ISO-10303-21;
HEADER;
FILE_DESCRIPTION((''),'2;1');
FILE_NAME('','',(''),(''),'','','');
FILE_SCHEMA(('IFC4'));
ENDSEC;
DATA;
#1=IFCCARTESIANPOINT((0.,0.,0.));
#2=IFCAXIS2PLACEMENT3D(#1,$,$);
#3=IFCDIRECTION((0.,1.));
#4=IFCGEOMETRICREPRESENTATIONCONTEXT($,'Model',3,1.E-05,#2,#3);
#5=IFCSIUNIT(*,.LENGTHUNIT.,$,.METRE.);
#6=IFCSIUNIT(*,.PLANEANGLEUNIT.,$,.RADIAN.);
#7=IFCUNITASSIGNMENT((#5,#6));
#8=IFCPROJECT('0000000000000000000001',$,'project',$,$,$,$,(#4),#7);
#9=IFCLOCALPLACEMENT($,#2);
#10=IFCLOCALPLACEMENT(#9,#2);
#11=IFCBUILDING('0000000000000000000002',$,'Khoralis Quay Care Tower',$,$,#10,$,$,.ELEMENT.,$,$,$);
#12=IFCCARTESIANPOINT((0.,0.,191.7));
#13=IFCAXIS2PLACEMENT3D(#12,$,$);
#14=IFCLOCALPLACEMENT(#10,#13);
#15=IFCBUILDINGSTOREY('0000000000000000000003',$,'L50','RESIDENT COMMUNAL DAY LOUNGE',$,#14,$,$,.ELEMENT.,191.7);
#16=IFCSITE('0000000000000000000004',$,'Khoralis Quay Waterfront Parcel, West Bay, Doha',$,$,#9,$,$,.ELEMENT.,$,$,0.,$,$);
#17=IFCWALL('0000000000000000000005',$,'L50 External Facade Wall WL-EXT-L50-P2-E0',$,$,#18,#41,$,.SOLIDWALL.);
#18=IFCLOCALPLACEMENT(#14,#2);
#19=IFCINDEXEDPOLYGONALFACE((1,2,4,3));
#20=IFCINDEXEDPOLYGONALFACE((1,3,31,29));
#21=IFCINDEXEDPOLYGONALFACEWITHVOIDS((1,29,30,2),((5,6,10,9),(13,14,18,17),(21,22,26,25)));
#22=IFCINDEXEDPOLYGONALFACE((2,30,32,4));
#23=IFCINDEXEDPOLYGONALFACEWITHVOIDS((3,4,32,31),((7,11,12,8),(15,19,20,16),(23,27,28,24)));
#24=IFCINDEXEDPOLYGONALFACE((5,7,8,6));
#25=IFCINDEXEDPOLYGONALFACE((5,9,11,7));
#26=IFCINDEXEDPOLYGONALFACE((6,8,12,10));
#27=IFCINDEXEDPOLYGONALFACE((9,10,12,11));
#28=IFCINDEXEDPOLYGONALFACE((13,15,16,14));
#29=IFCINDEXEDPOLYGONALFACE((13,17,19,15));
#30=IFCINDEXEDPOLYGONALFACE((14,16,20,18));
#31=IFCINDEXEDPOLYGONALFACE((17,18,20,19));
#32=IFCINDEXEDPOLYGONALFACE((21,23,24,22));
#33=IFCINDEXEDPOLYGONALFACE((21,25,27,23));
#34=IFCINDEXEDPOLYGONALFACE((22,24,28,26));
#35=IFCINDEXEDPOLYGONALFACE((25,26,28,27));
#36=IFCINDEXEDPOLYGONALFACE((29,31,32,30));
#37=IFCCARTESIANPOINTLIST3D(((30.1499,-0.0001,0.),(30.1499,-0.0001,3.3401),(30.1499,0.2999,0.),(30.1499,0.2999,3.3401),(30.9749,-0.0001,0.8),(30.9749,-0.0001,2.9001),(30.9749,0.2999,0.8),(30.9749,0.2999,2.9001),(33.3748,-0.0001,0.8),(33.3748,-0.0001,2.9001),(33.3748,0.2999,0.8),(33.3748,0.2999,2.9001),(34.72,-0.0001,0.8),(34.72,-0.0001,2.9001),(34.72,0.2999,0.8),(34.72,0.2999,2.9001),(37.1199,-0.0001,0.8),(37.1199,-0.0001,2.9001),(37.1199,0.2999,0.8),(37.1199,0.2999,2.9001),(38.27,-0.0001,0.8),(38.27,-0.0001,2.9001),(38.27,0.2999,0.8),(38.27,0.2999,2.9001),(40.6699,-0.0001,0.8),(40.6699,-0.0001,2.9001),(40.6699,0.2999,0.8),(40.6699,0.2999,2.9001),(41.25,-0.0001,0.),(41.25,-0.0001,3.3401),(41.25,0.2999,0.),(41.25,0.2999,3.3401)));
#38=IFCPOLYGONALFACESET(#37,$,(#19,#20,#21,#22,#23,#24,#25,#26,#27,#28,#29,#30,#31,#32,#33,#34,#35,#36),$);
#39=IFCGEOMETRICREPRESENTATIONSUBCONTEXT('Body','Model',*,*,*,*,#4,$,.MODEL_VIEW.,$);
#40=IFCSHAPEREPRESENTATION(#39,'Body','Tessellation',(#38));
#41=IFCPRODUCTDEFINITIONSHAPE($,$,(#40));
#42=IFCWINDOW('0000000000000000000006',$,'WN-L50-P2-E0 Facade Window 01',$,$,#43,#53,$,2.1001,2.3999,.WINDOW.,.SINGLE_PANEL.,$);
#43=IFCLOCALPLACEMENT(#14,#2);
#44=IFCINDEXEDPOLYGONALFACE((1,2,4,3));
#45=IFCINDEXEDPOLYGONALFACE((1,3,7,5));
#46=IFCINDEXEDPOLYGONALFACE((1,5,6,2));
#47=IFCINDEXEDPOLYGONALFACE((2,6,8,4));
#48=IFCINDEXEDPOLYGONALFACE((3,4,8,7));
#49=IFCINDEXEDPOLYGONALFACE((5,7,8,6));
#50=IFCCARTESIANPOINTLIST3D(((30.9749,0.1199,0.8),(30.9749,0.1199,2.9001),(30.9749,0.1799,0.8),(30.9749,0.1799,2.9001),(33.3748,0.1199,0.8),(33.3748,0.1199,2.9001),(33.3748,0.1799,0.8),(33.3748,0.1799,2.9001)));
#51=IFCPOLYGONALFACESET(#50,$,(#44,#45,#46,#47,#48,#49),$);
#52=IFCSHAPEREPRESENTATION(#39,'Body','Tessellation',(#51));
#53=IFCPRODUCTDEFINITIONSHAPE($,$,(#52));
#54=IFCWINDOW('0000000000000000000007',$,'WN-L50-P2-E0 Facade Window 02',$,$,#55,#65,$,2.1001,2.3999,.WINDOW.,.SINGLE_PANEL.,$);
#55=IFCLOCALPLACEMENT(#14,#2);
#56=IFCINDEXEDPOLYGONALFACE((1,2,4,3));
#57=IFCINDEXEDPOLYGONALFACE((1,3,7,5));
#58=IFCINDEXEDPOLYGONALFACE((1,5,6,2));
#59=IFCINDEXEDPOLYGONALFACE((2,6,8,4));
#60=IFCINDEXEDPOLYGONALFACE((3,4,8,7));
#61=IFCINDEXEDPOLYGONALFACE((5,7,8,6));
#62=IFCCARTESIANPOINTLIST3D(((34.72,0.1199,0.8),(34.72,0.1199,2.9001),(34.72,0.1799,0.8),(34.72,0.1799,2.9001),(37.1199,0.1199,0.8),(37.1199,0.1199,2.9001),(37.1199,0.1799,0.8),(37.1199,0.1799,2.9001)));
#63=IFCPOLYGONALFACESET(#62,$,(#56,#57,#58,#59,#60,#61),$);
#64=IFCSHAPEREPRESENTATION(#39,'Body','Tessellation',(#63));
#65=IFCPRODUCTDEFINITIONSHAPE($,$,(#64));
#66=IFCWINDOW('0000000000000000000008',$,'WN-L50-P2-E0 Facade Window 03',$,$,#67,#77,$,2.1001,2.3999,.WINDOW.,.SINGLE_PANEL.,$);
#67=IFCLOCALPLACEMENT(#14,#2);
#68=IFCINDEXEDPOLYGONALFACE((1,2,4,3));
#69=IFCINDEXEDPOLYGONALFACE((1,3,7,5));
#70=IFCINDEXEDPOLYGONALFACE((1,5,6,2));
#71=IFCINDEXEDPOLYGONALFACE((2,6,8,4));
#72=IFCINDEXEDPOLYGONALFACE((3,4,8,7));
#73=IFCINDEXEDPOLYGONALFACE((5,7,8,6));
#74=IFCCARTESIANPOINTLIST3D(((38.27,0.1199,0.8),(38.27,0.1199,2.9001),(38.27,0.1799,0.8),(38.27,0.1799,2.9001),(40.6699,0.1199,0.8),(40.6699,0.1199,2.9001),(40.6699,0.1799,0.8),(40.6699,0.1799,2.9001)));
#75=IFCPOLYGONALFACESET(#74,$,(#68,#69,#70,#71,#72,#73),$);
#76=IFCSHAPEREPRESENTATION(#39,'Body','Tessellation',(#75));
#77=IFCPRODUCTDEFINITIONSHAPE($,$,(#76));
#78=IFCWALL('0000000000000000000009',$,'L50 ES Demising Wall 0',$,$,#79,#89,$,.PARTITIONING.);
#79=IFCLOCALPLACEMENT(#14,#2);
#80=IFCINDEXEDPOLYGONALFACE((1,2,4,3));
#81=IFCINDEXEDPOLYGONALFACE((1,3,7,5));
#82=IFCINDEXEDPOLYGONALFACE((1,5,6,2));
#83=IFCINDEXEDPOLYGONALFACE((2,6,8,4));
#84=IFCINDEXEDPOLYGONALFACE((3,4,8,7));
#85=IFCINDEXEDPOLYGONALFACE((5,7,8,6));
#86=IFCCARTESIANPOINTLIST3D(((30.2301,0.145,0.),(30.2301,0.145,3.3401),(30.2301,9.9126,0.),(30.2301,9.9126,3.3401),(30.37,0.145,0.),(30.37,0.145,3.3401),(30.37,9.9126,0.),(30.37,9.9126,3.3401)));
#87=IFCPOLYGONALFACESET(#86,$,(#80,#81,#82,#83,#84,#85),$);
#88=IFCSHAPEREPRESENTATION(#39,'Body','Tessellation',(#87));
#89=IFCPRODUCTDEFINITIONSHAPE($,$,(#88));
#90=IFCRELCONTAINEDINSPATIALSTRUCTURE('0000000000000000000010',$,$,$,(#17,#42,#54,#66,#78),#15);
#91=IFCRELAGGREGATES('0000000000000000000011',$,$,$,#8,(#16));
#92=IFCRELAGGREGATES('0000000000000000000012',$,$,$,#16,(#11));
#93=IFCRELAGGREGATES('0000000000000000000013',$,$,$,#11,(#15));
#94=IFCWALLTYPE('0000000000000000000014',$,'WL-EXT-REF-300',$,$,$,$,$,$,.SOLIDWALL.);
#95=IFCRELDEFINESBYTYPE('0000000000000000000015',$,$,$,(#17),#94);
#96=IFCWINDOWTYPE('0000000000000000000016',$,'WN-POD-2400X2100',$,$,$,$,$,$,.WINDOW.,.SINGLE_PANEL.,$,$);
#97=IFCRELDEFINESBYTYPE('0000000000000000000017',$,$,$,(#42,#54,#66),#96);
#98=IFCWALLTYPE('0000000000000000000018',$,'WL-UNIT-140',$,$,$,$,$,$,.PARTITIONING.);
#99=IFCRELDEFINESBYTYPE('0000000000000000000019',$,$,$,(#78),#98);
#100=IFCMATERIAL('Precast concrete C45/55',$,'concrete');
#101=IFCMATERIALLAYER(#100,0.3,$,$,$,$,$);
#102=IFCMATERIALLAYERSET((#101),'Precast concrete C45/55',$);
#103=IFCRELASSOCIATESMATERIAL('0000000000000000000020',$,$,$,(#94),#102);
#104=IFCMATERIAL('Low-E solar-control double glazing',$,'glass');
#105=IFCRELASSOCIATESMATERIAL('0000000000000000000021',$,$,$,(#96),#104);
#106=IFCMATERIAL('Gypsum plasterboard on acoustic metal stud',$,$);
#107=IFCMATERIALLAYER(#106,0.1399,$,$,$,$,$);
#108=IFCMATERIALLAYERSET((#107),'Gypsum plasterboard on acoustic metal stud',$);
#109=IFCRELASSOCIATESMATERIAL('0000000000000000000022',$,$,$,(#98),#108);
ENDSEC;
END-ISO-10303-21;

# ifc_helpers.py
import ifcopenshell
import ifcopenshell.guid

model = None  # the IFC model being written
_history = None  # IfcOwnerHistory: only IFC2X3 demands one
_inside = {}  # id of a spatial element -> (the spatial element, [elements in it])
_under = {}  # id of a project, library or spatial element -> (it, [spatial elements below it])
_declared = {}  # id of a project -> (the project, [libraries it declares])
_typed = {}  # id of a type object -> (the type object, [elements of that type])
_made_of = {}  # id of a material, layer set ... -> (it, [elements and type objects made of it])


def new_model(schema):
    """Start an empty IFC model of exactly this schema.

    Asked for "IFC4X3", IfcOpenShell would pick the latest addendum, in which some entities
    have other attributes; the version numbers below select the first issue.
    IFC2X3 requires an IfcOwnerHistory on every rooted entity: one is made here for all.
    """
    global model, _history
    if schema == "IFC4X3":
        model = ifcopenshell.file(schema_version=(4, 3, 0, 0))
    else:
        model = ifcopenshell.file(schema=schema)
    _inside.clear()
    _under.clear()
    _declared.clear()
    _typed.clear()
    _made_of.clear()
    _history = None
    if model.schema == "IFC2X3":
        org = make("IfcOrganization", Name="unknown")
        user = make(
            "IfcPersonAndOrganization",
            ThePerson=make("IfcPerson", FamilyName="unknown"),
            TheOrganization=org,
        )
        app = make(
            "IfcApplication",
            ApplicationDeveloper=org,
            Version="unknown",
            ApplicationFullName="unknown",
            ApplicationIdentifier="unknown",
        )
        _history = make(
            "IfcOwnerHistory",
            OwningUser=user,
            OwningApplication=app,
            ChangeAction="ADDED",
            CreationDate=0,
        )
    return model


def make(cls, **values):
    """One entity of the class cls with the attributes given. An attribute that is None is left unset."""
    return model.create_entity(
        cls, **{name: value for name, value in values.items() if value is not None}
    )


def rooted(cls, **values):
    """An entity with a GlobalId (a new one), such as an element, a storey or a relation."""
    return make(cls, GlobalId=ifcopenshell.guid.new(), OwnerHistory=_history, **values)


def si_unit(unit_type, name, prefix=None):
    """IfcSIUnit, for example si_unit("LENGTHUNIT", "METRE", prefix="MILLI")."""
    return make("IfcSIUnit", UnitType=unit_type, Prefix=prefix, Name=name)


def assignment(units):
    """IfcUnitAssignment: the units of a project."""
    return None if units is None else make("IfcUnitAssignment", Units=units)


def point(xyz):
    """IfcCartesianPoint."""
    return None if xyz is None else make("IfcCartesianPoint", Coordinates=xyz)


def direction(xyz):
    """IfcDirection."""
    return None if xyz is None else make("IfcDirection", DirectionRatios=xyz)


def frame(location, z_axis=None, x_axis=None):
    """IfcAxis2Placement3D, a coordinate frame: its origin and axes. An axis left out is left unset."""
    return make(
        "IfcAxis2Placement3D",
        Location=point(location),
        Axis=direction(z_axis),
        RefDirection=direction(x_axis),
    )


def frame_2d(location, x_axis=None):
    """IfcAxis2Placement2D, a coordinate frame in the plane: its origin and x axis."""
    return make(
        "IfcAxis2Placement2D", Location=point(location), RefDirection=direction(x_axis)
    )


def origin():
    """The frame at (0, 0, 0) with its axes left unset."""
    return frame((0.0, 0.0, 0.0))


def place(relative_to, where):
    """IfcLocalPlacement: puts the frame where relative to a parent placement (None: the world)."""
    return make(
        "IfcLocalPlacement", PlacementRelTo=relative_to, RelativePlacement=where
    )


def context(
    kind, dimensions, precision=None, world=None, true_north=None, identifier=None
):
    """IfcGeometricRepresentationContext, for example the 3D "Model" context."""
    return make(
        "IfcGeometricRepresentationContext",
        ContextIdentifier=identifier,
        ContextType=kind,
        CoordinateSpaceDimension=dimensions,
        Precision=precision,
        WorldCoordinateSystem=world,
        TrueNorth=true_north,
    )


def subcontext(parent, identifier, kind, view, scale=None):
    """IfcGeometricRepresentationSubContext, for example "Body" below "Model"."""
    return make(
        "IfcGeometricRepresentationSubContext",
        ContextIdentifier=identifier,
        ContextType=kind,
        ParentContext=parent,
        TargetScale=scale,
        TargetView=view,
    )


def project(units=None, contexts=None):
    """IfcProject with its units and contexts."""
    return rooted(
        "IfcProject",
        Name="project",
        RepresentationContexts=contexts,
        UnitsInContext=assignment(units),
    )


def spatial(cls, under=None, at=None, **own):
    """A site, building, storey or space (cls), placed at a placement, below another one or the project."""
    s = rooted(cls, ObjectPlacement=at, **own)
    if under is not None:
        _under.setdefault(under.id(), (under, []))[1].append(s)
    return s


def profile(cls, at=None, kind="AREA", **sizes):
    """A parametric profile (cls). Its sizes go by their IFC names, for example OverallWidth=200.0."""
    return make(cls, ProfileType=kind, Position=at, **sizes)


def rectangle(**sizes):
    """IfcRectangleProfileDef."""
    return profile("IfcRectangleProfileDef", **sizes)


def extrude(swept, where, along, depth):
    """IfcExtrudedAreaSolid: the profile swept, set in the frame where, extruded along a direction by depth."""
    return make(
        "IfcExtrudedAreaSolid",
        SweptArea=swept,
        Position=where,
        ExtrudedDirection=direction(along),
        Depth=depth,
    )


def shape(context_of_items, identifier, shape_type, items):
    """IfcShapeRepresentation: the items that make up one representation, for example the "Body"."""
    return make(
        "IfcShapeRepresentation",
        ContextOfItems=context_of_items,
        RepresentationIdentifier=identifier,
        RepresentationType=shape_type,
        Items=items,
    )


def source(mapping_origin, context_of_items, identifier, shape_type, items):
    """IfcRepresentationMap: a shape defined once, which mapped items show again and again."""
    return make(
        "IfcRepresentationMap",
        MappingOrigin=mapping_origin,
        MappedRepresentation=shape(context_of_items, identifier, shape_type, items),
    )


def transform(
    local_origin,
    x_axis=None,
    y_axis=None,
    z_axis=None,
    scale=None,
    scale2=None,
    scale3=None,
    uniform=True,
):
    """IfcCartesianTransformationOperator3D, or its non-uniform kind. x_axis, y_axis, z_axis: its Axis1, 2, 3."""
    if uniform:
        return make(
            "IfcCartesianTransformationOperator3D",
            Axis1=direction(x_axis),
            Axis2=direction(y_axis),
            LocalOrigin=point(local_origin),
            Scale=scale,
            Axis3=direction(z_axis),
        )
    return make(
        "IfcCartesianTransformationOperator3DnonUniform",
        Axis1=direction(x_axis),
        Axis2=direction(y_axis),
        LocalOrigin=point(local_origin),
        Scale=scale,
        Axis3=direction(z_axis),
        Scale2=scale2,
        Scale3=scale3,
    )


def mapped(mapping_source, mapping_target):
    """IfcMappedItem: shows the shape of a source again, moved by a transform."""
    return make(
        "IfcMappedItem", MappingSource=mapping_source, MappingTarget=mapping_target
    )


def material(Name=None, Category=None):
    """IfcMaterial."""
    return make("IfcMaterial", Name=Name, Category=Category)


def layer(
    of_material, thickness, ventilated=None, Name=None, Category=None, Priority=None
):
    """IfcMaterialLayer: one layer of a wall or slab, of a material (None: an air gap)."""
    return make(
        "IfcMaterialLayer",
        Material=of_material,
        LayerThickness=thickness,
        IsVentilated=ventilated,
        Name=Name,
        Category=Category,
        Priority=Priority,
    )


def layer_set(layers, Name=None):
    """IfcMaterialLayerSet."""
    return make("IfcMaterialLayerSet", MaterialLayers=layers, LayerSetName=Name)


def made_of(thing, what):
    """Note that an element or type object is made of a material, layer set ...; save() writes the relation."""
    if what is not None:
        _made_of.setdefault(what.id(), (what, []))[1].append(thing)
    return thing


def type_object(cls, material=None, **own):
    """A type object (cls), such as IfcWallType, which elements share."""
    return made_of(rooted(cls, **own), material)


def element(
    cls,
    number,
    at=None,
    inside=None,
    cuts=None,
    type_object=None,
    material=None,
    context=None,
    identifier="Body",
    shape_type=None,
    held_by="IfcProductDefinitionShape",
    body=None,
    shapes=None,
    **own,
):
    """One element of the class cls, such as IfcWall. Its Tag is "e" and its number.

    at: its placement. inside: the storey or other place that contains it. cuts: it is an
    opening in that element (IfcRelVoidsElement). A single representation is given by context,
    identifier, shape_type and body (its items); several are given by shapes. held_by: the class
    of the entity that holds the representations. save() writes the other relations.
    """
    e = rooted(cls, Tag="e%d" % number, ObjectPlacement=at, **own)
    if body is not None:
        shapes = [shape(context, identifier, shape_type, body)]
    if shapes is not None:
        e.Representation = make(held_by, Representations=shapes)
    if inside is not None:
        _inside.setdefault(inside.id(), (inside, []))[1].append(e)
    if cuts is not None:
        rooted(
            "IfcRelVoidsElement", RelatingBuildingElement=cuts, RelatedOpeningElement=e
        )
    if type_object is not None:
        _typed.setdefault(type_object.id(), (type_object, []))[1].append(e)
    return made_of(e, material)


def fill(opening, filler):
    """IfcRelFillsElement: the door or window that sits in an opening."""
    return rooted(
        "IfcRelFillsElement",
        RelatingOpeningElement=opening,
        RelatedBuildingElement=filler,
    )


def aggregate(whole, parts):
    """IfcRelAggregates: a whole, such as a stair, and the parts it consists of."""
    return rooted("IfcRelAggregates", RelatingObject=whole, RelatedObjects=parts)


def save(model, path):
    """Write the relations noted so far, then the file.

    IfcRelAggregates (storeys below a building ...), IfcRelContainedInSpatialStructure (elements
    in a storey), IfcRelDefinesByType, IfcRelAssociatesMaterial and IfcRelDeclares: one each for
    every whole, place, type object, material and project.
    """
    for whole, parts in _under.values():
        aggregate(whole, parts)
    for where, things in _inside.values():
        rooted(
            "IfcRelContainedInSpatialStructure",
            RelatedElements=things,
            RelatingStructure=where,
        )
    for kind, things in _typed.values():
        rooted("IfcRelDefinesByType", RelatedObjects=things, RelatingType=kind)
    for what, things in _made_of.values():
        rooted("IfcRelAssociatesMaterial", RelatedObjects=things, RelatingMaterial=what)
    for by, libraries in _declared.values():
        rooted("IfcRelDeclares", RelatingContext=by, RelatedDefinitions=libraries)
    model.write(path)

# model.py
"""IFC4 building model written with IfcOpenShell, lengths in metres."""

from ifc_helpers import new_model, si_unit, direction, frame, frame_2d, origin, place, context, subcontext, project, spatial, rectangle, extrude, source, transform, mapped, material, layer, layer_set, type_object, element, fill, save


model = new_model("IFC4")

# Units and contexts
model_context = context("Model", 3, precision=1e-05, world=origin(), true_north=direction((0.0, 1.0)))
body_context = subcontext(model_context, "Body", "Model", "MODEL_VIEW")
ifc_project = project(units=[si_unit("LENGTHUNIT", "METRE"), si_unit("PLANEANGLEUNIT", "RADIAN")], contexts=[model_context])

# Site, building, storey
site_placement = place(None, origin())
site = spatial("IfcSite", under=ifc_project, at=site_placement, Name="Khoralis Quay Waterfront Parcel, West Bay, Doha", CompositionType="ELEMENT", RefElevation=0.0)
building_placement = place(site_placement, origin())
building = spatial("IfcBuilding", under=site, at=building_placement, Name="Khoralis Quay Care Tower", CompositionType="ELEMENT")
storey_placement = place(building_placement, frame((0.0, 0.0, 191.7)))
storey = spatial("IfcBuildingStorey", under=building, at=storey_placement, Name="L50", Description="RESIDENT COMMUNAL DAY LOUNGE", CompositionType="ELEMENT", Elevation=191.7)

# Shared definitions
ifc_material_1 = material(Name="Low-E solar-control double glazing", Category="glass")

# Shared definitions
ifc_material_2 = material(Name="Gypsum plasterboard on acoustic metal stud")

# Wall, openings, windows
ifc_material_3 = material(Name="Precast concrete C45/55", Category="concrete")
ifc_layer_1 = layer(ifc_material_3, 0.3)
ifc_layer_set_1 = layer_set([ifc_layer_1], Name="Precast concrete C45/55")
wall_type_1 = type_object("IfcWallType", Name="WL-EXT-REF-300", PredefinedType="SOLIDWALL", material=ifc_layer_set_1)
wall_1_placement = place(storey_placement, frame((30.1499, 0.1499, 0.0), z_axis=(0.0, 0.0, 1.0), x_axis=(1.0, 0.0, 0.0)))
wall_1 = element("IfcWall", 1, at=wall_1_placement, inside=storey, type_object=wall_type_1, Name="L50 External Facade Wall WL-EXT-L50-P2-E0", PredefinedType="SOLIDWALL", context=body_context, shape_type="SweptSolid", body=[
    extrude(rectangle(XDim=11.1001, YDim=0.3, at=frame_2d((5.55, 0.0))), origin(), (0.0, 0.0, 1.0), 3.3401),
])
opening_1_placement = place(wall_1_placement, frame((0.825, 0.0, 0.8)))
opening_1 = element("IfcOpeningElement", 2, at=opening_1_placement, cuts=wall_1, PredefinedType="OPENING", context=body_context, shape_type="SweptSolid", body=[
    extrude(rectangle(XDim=2.3999, YDim=2.1001, at=frame_2d((1.2, 1.05))), frame((0.0, 0.1602, 0.0), z_axis=(0.0, -1.0, 0.0), x_axis=(1.0, 0.0, 0.0)), (0.0, 0.0, 1.0), 0.3201),
])
opening_2_placement = place(wall_1_placement, frame((4.5701, 0.0, 0.8)))
opening_2 = element("IfcOpeningElement", 3, at=opening_2_placement, cuts=wall_1, PredefinedType="OPENING", context=body_context, shape_type="SweptSolid", body=[
    extrude(rectangle(XDim=2.3999, YDim=2.1001, at=frame_2d((1.2, 1.05))), frame((0.0, 0.1602, 0.0), z_axis=(0.0, -1.0, 0.0), x_axis=(1.0, 0.0, 0.0)), (0.0, 0.0, 1.0), 0.3201),
])
opening_3_placement = place(wall_1_placement, frame((8.1201, 0.0, 0.8)))
opening_3 = element("IfcOpeningElement", 4, at=opening_3_placement, cuts=wall_1, PredefinedType="OPENING", context=body_context, shape_type="SweptSolid", body=[
    extrude(rectangle(XDim=2.3999, YDim=2.1001, at=frame_2d((1.2, 1.05))), frame((0.0, 0.1602, 0.0), z_axis=(0.0, -1.0, 0.0), x_axis=(1.0, 0.0, 0.0)), (0.0, 0.0, 1.0), 0.3201),
])
window_type = type_object("IfcWindowType", Name="WN-POD-2400X2100", PartitioningType="SINGLE_PANEL", PredefinedType="WINDOW", material=ifc_material_1)
shared_shape_1 = source(origin(), body_context, "Body", "SweptSolid", [
    extrude(rectangle(XDim=2.3999, YDim=2.1001, at=frame_2d((1.2, 1.05))), frame((0.0, 0.03, 0.0), z_axis=(0.0, -1.0, 0.0), x_axis=(1.0, 0.0, 0.0)), (0.0, 0.0, 1.0), 0.0601),
])
window_1_placement = place(opening_1_placement, origin())
window_1 = element("IfcWindow", 5, at=window_1_placement, inside=storey, type_object=window_type, Name="WN-L50-P2-E0 Facade Window 01", OverallHeight=2.1001, OverallWidth=2.3999, PartitioningType="SINGLE_PANEL", PredefinedType="WINDOW", context=body_context, shape_type="MappedRepresentation", body=[
    mapped(shared_shape_1, transform((0.0, 0.0, 0.0), scale=1.0)),
])
fill(opening_1, window_1)
window_2_placement = place(opening_2_placement, origin())
window_2 = element("IfcWindow", 6, at=window_2_placement, inside=storey, type_object=window_type, Name="WN-L50-P2-E0 Facade Window 02", OverallHeight=2.1001, OverallWidth=2.3999, PartitioningType="SINGLE_PANEL", PredefinedType="WINDOW", context=body_context, shape_type="MappedRepresentation", body=[
    mapped(shared_shape_1, transform((0.0, 0.0, 0.0), scale=1.0)),
])
fill(opening_2, window_2)
window_3_placement = place(opening_3_placement, origin())
window_3 = element("IfcWindow", 7, at=window_3_placement, inside=storey, type_object=window_type, Name="WN-L50-P2-E0 Facade Window 03", OverallHeight=2.1001, OverallWidth=2.3999, PartitioningType="SINGLE_PANEL", PredefinedType="WINDOW", context=body_context, shape_type="MappedRepresentation", body=[
    mapped(shared_shape_1, transform((0.0, 0.0, 0.0), scale=1.0)),
])
fill(opening_3, window_3)

# Wall
ifc_layer_2 = layer(ifc_material_2, 0.1399)
ifc_layer_set_2 = layer_set([ifc_layer_2], Name="Gypsum plasterboard on acoustic metal stud")
wall_type_2 = type_object("IfcWallType", Name="WL-UNIT-140", PredefinedType="PARTITIONING", material=ifc_layer_set_2)
wall_2_placement = place(storey_placement, frame((30.3, 0.145, 0.0), z_axis=(0.0, 0.0, 1.0), x_axis=(0.0, 1.0, 0.0)))
element("IfcWall", 8, at=wall_2_placement, inside=storey, type_object=wall_type_2, Name="L50 ES Demising Wall 0", PredefinedType="PARTITIONING", context=body_context, shape_type="SweptSolid", body=[
    extrude(rectangle(XDim=9.7676, YDim=0.1399, at=frame_2d((4.8838, 0.0))), origin(), (0.0, 0.0, 1.0), 3.3401),
])

save(model, "model.ifc")
